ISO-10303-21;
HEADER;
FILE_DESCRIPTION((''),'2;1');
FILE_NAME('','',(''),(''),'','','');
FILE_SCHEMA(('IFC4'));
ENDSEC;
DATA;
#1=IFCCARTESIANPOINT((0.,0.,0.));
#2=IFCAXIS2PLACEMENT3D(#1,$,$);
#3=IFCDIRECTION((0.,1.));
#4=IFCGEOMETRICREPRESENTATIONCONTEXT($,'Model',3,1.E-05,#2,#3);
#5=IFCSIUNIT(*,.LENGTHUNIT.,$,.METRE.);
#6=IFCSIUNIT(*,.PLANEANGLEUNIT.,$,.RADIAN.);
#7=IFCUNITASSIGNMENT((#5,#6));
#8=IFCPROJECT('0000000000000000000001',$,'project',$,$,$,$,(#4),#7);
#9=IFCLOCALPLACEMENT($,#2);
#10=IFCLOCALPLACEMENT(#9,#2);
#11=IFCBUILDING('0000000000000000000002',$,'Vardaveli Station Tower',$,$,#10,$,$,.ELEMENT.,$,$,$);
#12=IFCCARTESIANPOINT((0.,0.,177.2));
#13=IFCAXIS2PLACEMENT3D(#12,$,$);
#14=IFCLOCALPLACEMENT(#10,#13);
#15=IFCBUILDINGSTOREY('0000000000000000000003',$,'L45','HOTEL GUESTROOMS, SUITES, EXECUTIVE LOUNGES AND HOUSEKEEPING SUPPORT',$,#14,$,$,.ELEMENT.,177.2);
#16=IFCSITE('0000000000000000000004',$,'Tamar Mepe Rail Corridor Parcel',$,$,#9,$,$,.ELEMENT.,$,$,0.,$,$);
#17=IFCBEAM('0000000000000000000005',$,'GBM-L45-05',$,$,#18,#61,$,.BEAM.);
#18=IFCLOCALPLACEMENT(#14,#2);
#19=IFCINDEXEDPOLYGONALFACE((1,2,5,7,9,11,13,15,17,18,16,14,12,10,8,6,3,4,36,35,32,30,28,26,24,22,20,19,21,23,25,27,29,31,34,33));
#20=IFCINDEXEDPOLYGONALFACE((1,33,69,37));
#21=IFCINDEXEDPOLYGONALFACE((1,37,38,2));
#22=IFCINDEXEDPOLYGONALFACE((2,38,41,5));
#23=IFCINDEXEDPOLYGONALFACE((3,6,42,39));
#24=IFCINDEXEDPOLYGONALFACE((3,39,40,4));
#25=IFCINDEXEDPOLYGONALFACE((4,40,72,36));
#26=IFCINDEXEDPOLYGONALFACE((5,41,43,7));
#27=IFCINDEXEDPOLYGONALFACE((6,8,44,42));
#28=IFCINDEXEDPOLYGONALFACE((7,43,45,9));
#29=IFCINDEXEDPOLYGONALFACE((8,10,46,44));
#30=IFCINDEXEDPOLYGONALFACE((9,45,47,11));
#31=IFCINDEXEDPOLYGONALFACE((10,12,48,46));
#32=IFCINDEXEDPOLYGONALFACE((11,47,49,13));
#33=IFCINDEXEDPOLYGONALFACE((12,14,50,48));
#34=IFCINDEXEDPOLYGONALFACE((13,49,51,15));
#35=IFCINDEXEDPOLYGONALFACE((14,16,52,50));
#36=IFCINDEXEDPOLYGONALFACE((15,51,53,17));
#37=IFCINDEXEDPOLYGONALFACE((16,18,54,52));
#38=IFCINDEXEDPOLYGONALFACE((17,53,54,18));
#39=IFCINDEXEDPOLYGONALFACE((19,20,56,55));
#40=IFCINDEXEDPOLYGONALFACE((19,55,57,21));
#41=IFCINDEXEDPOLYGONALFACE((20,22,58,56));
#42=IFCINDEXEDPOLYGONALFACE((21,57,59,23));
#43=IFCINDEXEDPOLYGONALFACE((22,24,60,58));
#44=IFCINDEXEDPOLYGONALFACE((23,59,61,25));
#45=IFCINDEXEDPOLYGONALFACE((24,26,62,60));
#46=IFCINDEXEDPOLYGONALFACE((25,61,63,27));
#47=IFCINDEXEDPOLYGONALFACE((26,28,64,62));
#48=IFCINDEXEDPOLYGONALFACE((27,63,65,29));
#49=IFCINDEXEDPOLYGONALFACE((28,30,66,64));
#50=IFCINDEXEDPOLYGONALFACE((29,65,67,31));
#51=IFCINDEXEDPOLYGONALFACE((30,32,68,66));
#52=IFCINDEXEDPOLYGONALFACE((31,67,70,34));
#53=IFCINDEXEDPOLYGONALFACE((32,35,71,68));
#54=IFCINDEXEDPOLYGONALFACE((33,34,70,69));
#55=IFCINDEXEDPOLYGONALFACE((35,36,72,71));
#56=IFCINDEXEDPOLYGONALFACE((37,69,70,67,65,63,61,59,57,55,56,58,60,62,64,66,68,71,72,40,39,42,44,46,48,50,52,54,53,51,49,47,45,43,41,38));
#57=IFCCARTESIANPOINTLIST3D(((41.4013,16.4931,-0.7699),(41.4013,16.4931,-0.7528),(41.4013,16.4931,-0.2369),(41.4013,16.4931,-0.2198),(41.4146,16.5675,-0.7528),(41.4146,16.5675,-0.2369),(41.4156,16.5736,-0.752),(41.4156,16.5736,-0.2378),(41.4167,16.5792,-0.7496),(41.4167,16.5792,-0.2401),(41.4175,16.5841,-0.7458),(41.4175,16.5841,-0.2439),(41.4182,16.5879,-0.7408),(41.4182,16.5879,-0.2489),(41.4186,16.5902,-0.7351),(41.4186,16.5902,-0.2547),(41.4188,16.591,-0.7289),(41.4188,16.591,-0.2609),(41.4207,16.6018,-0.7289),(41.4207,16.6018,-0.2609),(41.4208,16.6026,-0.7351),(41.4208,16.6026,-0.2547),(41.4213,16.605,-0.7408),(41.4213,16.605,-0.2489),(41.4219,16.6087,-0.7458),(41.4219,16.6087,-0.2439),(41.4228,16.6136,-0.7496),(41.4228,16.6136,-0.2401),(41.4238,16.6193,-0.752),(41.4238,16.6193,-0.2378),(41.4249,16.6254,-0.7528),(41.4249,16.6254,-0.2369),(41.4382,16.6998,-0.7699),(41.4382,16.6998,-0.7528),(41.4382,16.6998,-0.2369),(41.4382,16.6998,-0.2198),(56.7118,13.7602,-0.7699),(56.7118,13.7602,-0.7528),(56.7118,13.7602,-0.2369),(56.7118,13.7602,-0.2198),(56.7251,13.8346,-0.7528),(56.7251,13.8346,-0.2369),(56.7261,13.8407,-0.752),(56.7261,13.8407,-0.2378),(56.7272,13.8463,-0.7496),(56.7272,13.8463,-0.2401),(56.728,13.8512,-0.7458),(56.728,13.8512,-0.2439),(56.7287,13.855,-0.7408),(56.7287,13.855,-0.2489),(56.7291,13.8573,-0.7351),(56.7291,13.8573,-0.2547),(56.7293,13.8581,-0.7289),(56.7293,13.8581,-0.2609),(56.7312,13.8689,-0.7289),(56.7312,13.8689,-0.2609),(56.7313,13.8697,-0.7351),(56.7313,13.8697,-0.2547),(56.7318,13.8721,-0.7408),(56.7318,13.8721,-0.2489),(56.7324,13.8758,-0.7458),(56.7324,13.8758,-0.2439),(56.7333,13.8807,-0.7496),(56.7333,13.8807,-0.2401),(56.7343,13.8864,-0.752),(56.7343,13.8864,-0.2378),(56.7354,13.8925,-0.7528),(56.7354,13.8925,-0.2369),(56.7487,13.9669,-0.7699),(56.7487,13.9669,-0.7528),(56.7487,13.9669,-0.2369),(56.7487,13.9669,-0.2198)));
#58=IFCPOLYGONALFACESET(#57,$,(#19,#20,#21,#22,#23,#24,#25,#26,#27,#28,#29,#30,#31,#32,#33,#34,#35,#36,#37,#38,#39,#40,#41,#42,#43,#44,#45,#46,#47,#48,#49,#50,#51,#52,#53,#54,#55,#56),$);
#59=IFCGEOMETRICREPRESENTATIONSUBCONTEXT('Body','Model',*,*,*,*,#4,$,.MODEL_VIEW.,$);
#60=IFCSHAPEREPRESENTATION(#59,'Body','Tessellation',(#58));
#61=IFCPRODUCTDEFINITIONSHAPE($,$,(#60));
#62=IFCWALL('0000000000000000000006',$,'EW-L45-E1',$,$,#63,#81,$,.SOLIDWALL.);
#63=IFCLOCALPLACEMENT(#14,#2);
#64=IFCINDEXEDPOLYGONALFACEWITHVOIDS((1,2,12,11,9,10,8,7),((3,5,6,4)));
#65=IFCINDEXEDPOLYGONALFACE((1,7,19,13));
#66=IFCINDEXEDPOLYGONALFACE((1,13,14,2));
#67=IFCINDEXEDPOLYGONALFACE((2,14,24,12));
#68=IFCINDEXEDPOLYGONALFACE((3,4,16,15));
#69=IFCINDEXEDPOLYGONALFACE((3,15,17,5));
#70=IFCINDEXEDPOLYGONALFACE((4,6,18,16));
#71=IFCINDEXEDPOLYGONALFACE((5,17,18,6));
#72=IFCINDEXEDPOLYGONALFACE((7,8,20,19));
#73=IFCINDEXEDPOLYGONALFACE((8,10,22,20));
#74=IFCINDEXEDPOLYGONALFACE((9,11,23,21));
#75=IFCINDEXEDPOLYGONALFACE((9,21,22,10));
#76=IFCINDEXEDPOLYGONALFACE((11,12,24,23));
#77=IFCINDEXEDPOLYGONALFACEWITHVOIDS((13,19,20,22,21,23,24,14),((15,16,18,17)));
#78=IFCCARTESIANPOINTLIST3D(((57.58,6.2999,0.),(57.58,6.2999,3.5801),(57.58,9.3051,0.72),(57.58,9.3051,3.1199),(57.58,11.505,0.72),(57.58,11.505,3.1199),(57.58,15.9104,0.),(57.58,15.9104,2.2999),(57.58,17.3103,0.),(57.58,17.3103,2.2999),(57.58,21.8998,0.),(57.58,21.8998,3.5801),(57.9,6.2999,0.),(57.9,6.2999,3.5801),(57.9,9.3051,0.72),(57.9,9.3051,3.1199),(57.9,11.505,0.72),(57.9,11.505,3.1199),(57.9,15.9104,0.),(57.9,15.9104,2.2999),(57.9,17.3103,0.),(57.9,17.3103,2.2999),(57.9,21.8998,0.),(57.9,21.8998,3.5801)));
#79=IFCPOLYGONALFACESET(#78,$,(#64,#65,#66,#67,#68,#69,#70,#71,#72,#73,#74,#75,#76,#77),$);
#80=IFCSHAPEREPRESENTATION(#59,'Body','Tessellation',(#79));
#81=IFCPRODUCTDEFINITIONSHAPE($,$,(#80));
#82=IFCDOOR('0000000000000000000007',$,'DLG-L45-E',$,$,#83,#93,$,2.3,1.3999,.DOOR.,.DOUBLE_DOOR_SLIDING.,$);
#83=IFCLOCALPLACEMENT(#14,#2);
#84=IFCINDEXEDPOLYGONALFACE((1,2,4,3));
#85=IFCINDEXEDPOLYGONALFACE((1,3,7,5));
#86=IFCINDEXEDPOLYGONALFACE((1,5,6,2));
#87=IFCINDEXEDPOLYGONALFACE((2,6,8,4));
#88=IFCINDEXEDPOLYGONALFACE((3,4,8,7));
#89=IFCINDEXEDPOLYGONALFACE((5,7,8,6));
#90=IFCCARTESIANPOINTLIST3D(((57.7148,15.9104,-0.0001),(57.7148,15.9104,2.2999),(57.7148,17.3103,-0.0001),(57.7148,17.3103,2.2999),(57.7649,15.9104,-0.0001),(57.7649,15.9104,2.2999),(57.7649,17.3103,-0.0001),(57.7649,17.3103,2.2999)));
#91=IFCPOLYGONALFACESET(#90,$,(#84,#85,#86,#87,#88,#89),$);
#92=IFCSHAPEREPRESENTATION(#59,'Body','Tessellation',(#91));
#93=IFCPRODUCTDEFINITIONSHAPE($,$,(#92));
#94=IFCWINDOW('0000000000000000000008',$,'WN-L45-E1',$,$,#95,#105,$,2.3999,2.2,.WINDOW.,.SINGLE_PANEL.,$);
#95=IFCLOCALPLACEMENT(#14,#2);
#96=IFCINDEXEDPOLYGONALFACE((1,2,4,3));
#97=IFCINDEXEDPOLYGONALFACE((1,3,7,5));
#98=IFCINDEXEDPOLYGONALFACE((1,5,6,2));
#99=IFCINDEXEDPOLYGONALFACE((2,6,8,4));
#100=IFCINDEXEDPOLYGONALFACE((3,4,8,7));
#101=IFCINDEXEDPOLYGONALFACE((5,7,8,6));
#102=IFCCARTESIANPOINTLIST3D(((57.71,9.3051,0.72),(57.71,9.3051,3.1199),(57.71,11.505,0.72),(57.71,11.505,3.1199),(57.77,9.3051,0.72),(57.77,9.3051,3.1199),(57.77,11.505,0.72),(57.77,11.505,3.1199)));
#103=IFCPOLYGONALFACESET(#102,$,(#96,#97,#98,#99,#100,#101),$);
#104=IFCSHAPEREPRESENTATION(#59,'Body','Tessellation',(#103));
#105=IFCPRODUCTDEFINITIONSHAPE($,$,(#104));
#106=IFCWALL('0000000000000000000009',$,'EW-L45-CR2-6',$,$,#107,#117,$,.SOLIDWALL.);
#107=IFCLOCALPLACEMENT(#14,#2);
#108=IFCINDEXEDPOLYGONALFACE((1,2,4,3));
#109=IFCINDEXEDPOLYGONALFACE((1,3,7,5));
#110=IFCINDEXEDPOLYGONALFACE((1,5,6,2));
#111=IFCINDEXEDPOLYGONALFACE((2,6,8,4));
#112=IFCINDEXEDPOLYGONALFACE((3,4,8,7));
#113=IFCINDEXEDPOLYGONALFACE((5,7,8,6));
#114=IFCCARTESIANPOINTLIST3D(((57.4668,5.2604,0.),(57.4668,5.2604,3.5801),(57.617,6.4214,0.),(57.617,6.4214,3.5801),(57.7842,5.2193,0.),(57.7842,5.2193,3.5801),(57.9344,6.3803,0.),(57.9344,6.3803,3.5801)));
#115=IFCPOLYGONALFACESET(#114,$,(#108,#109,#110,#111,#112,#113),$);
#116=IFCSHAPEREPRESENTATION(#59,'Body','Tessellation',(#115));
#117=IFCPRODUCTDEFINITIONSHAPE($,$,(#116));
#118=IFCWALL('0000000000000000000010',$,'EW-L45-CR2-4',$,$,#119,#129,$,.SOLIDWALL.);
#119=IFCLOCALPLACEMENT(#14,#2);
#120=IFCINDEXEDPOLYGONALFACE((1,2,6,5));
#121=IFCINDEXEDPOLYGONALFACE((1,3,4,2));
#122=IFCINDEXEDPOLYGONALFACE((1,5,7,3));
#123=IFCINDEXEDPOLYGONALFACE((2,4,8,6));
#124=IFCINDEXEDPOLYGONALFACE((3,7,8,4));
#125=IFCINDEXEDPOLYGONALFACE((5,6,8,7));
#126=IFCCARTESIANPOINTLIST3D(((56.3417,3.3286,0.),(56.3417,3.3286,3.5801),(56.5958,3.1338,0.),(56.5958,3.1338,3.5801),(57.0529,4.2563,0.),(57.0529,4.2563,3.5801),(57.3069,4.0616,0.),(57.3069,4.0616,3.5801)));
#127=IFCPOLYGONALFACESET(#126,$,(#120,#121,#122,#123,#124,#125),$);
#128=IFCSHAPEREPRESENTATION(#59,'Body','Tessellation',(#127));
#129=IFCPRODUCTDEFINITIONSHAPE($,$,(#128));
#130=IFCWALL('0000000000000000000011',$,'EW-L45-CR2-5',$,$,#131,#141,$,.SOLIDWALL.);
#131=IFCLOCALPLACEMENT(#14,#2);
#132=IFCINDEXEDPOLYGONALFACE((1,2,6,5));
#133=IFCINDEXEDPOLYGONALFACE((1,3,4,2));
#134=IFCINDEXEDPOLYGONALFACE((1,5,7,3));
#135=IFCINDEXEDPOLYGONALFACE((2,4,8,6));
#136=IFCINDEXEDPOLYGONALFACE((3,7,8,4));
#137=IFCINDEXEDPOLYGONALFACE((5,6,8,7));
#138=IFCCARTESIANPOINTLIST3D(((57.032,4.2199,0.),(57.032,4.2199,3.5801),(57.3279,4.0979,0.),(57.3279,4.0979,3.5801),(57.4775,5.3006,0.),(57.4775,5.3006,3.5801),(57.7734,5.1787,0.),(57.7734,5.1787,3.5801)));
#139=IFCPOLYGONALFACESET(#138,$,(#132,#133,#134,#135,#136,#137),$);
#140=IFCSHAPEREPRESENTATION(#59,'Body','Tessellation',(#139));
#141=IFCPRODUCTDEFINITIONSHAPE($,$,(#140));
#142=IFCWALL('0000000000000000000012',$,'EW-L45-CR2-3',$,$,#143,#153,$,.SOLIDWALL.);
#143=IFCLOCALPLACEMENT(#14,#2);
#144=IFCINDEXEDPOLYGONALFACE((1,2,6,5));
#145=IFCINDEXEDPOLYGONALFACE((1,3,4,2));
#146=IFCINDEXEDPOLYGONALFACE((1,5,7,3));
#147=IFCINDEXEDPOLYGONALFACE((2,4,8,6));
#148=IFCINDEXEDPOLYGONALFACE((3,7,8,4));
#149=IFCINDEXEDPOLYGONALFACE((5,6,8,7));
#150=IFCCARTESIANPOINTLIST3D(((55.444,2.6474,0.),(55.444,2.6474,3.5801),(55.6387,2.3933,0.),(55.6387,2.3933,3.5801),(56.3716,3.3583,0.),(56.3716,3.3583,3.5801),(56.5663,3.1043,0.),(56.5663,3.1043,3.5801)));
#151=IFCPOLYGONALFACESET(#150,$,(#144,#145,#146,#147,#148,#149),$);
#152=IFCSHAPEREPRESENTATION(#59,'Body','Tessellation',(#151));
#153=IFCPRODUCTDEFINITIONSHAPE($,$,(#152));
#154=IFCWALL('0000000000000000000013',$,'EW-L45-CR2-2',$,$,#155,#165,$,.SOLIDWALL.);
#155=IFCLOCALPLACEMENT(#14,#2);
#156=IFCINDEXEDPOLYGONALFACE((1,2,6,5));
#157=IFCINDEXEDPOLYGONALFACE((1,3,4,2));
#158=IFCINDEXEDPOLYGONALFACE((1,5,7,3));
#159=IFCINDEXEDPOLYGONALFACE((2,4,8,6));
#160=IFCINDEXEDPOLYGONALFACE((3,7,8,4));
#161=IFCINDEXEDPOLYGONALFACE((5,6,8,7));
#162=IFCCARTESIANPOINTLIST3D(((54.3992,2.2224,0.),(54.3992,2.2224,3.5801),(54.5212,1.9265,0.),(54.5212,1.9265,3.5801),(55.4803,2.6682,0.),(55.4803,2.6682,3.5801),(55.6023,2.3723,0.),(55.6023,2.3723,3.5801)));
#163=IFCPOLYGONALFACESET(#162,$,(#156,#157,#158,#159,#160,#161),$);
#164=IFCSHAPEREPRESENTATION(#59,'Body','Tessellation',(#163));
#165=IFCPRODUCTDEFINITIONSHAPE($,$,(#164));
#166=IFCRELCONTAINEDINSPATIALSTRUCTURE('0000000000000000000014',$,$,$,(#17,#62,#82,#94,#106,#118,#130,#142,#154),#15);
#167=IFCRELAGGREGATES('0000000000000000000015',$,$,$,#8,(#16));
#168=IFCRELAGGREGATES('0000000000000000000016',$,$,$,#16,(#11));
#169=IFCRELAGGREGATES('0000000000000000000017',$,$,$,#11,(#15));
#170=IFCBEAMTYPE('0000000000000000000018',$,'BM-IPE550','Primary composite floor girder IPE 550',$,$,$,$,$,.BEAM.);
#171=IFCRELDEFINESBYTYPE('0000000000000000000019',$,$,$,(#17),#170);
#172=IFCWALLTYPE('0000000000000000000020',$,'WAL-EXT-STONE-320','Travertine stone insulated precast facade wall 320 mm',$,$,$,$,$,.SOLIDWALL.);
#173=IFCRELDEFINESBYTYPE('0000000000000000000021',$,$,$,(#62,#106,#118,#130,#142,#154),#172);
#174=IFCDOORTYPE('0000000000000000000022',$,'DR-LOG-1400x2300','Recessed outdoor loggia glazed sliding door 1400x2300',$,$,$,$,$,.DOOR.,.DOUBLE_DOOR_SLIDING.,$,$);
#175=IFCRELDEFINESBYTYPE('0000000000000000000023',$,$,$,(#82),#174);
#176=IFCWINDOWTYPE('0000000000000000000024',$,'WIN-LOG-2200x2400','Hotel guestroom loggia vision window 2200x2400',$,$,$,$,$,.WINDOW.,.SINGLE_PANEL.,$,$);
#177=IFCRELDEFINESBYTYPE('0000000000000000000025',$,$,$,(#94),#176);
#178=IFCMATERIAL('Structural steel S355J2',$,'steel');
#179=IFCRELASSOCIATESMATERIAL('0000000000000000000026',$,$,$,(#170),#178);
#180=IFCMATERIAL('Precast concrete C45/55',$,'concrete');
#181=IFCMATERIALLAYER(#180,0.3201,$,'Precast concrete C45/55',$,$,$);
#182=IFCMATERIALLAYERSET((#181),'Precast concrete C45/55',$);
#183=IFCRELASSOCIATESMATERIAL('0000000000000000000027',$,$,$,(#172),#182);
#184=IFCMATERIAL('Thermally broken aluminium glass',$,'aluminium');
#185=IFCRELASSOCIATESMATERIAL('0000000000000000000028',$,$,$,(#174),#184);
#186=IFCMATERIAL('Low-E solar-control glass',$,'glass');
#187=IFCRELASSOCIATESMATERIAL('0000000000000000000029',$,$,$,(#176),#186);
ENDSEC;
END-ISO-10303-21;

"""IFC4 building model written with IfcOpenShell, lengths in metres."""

from ifc_helpers import new_model, si_unit, direction, frame, frame_2d, origin, origin_2d, place, context, subcontext, project, spatial, rectangle, i_section, extrude, source, transform, mapped, material, layer, layer_set, material_profile, profile_set, type_object, element, fill, save


model = new_model("IFC4")

# Units and contexts
model_context = context("Model", 3, precision=1e-05, world=origin(), true_north=direction((0.0, 1.0)))
body_context = subcontext(model_context, "Body", "Model", "MODEL_VIEW")
ifc_project = project(units=[si_unit("LENGTHUNIT", "METRE"), si_unit("PLANEANGLEUNIT", "RADIAN")], contexts=[model_context])

# Site, building, storey
site_placement = place(None, origin())
site = spatial("IfcSite", under=ifc_project, at=site_placement, Name="Tamar Mepe Rail Corridor Parcel", CompositionType="ELEMENT", RefElevation=0.0)
building_placement = place(site_placement, origin())
building = spatial("IfcBuilding", under=site, at=building_placement, Name="Vardaveli Station Tower", CompositionType="ELEMENT")
storey_placement = place(building_placement, frame((0.0, 0.0, 177.2)))
storey = spatial("IfcBuildingStorey", under=building, at=storey_placement, Name="L45", Description="HOTEL GUESTROOMS, SUITES, EXECUTIVE LOUNGES AND HOUSEKEEPING SUPPORT", CompositionType="ELEMENT", Elevation=177.2)

# Beam
ifc_material_1 = material(Name="Precast concrete C45/55", Category="concrete")
ifc_material_2 = material(Name="Structural steel S355J2", Category="steel")
ifc_material_profile_1 = material_profile(ifc_material_2, i_section(OverallWidth=0.21, OverallDepth=0.55, WebThickness=0.011, FlangeThickness=0.0171, FilletRadius=0.0239, at=origin_2d()), Name="IPE 550")
ifc_profile_set_1 = profile_set([ifc_material_profile_1], Name="Structural steel S355J2")
beam_type_1 = type_object("IfcBeamType", Name="BM-IPE550", Description="Primary composite floor girder IPE 550", PredefinedType="BEAM", material=ifc_profile_set_1)
shared_shape_1 = source(origin(), body_context, "Body", "SweptSolid", [
    extrude(i_section(OverallWidth=0.21, OverallDepth=0.55, WebThickness=0.011, FlangeThickness=0.0171, FilletRadius=0.0239, at=origin_2d()), origin(), (0.0, 0.0, 1.0), 15.5525),
])
beam_1_placement = place(storey_placement, frame((56.7302, 13.8635, -0.4949), z_axis=(-0.98444, 0.175721, 0.0), x_axis=(-0.175721, -0.98444, 0.0)))
element("IfcBeam", 1, at=beam_1_placement, inside=storey, type_object=beam_type_1, Name="GBM-L45-05", PredefinedType="BEAM", context=body_context, shape_type="MappedRepresentation", body=[
    mapped(shared_shape_1, transform((0.0, 0.0, 0.0), scale=1.0)),
])

# Wall, openings, door, window
ifc_layer_1 = layer(ifc_material_1, 0.3201, Name="Precast concrete C45/55")
ifc_layer_set_1 = layer_set([ifc_layer_1], Name="Precast concrete C45/55")
wall_type_1 = type_object("IfcWallType", Name="WAL-EXT-STONE-320", Description="Travertine stone insulated precast facade wall 320 mm", PredefinedType="SOLIDWALL", material=ifc_layer_set_1)
shared_shape_2 = source(origin(), body_context, "Body", "SweptSolid", [
    extrude(rectangle(XDim=15.5999, YDim=0.3201, at=frame_2d((7.7998, 0.0))), origin(), (0.0, 0.0, 1.0), 3.5801),
])
wall_1_placement = place(storey_placement, frame((57.74, 6.3, 0.0), z_axis=(0.0, 0.0, 1.0), x_axis=(0.0, 1.0, 0.0)))
wall_1 = element("IfcWall", 2, at=wall_1_placement, inside=storey, type_object=wall_type_1, Name="EW-L45-E1", PredefinedType="SOLIDWALL", context=body_context, shape_type="MappedRepresentation", body=[
    mapped(shared_shape_2, transform((0.0, 0.0, 0.0), scale=1.0)),
])
shared_shape_3 = source(origin(), body_context, "Body", "SweptSolid", [
    extrude(rectangle(XDim=1.3999, YDim=2.3, at=frame_2d((0.7, 1.1499))), frame((0.0, 0.1699, 0.0), z_axis=(0.0, -1.0, 0.0), x_axis=(1.0, 0.0, 0.0)), (0.0, 0.0, 1.0), 0.3401),
])
opening_1_placement = place(wall_1_placement, frame((9.6104, 0.0, 0.0)))
opening_1 = element("IfcOpeningElement", 3, at=opening_1_placement, cuts=wall_1, PredefinedType="OPENING", context=body_context, shape_type="MappedRepresentation", body=[
    mapped(shared_shape_3, transform((0.0, 0.0, 0.0), scale=1.0)),
])
shared_shape_4 = source(origin(), body_context, "Body", "SweptSolid", [
    extrude(rectangle(XDim=2.2, YDim=2.3999, at=frame_2d((1.1001, 1.2))), frame((0.0, 0.1699, 0.0), z_axis=(0.0, -1.0, 0.0), x_axis=(1.0, 0.0, 0.0)), (0.0, 0.0, 1.0), 0.3401),
])
opening_2_placement = place(wall_1_placement, frame((3.0049, 0.0, 0.72)))
opening_2 = element("IfcOpeningElement", 4, at=opening_2_placement, cuts=wall_1, PredefinedType="OPENING", context=body_context, shape_type="MappedRepresentation", body=[
    mapped(shared_shape_4, transform((0.0, 0.0, 0.0), scale=1.0)),
])
ifc_material_3 = material(Name="Thermally broken aluminium glass", Category="aluminium")
door_type_1 = type_object("IfcDoorType", Name="DR-LOG-1400x2300", Description="Recessed outdoor loggia glazed sliding door 1400x2300", OperationType="DOUBLE_DOOR_SLIDING", PredefinedType="DOOR", material=ifc_material_3)
shared_shape_5 = source(origin(), body_context, "Body", "SweptSolid", [
    extrude(rectangle(XDim=1.3999, YDim=2.3, at=frame_2d((0.7, 1.1499))), frame((0.0, 0.0249, 0.0), z_axis=(0.0, -1.0, 0.0), x_axis=(1.0, 0.0, 0.0)), (0.0, 0.0, 1.0), 0.05),
])
door_1_placement = place(opening_1_placement, frame((1.3999, 0.0, 0.0), z_axis=(0.0, 0.0, 1.0), x_axis=(-1.0, 0.0, 0.0)))
door_1 = element("IfcDoor", 5, at=door_1_placement, inside=storey, type_object=door_type_1, Name="DLG-L45-E", OperationType="DOUBLE_DOOR_SLIDING", OverallHeight=2.3, OverallWidth=1.3999, PredefinedType="DOOR", context=body_context, shape_type="MappedRepresentation", body=[
    mapped(shared_shape_5, transform((0.0, 0.0, 0.0), scale=1.0)),
])
fill(opening_1, door_1)
ifc_material_4 = material(Name="Low-E solar-control glass", Category="glass")
window_type = type_object("IfcWindowType", Name="WIN-LOG-2200x2400", Description="Hotel guestroom loggia vision window 2200x2400", PartitioningType="SINGLE_PANEL", PredefinedType="WINDOW", material=ifc_material_4)
shared_shape_6 = source(origin(), body_context, "Body", "SweptSolid", [
    extrude(rectangle(XDim=2.2, YDim=2.3999, at=frame_2d((1.1001, 1.2))), frame((0.0, 0.03, 0.0), z_axis=(0.0, -1.0, 0.0), x_axis=(1.0, 0.0, 0.0)), (0.0, 0.0, 1.0), 0.0601),
])
window_placement = place(opening_2_placement, origin())
window = element("IfcWindow", 6, at=window_placement, inside=storey, type_object=window_type, Name="WN-L45-E1", OverallHeight=2.3999, OverallWidth=2.2, PartitioningType="SINGLE_PANEL", PredefinedType="WINDOW", context=body_context, shape_type="MappedRepresentation", body=[
    mapped(shared_shape_6, transform((0.0, 0.0, 0.0), scale=1.0)),
])
fill(opening_2, window)

# Walls
shared_shape_7 = source(origin(), body_context, "Body", "SweptSolid", [
    extrude(rectangle(XDim=1.1707, YDim=0.3201, at=frame_2d((0.5854, 0.0))), origin(), (0.0, 0.0, 1.0), 3.5801),
])
wall_2_placement = place(storey_placement, frame((57.6255, 5.2397, 0.0), z_axis=(0.0, 0.0, 1.0), x_axis=(0.128269, 0.991739, 0.0)))
element("IfcWall", 7, at=wall_2_placement, inside=storey, type_object=wall_type_1, Name="EW-L45-CR2-6", PredefinedType="SOLIDWALL", context=body_context, shape_type="MappedRepresentation", body=[
    mapped(shared_shape_7, transform((0.0, 0.0, 0.0), scale=1.0)),
])
shared_shape_8 = source(origin(), body_context, "Body", "SweptSolid", [
    extrude(rectangle(XDim=1.1689, YDim=0.3201, at=frame_2d((0.5845, 0.0))), origin(), (0.0, 0.0, 1.0), 3.5801),
])
for number, where, z_axis, x_axis, name in (
    (8, (56.4688, 3.2312, 0.0), (0.0, 0.0, 1.0), (0.608388, 0.79364, 0.0), "EW-L45-CR2-4"),
    (9, (57.1799, 4.1589, 0.0), (0.0, 0.0, 1.0), (0.381128, 0.924522, 0.0), "EW-L45-CR2-5"),
):
    element("IfcWall", number, at=place(storey_placement, frame(where, z_axis=z_axis, x_axis=x_axis)), inside=storey, type_object=wall_type_1, Name=name, PredefinedType="SOLIDWALL", context=body_context, shape_type="MappedRepresentation", body=[
        mapped(shared_shape_8, transform((0.0, 0.0, 0.0), scale=1.0)),
    ])
shared_shape_9 = source(origin(), body_context, "Body", "SweptSolid", [
    extrude(rectangle(XDim=1.1687, YDim=0.3201, at=frame_2d((0.5845, 0.0))), origin(), (0.0, 0.0, 1.0), 3.5801),
])
wall_3_placement = place(storey_placement, frame((55.5413, 2.5203, 0.0), z_axis=(0.0, 0.0, 1.0), x_axis=(0.793664, 0.608357, 0.0)))
element("IfcWall", 10, at=wall_3_placement, inside=storey, type_object=wall_type_1, Name="EW-L45-CR2-3", PredefinedType="SOLIDWALL", context=body_context, shape_type="MappedRepresentation", body=[
    mapped(shared_shape_9, transform((0.0, 0.0, 0.0), scale=1.0)),
])
shared_shape_10 = source(origin(), body_context, "Body", "SweptSolid", [
    extrude(rectangle(XDim=1.1694, YDim=0.3201, at=frame_2d((0.5847, 0.0))), origin(), (0.0, 0.0, 1.0), 3.5801),
])
wall_4_placement = place(storey_placement, frame((54.4602, 2.0745, 0.0), z_axis=(0.0, 0.0, 1.0), x_axis=(0.924479, 0.381233, 0.0)))
element("IfcWall", 11, at=wall_4_placement, inside=storey, type_object=wall_type_1, Name="EW-L45-CR2-2", PredefinedType="SOLIDWALL", context=body_context, shape_type="MappedRepresentation", body=[
    mapped(shared_shape_10, transform((0.0, 0.0, 0.0), scale=1.0)),
])

save(model, "model.ifc")
